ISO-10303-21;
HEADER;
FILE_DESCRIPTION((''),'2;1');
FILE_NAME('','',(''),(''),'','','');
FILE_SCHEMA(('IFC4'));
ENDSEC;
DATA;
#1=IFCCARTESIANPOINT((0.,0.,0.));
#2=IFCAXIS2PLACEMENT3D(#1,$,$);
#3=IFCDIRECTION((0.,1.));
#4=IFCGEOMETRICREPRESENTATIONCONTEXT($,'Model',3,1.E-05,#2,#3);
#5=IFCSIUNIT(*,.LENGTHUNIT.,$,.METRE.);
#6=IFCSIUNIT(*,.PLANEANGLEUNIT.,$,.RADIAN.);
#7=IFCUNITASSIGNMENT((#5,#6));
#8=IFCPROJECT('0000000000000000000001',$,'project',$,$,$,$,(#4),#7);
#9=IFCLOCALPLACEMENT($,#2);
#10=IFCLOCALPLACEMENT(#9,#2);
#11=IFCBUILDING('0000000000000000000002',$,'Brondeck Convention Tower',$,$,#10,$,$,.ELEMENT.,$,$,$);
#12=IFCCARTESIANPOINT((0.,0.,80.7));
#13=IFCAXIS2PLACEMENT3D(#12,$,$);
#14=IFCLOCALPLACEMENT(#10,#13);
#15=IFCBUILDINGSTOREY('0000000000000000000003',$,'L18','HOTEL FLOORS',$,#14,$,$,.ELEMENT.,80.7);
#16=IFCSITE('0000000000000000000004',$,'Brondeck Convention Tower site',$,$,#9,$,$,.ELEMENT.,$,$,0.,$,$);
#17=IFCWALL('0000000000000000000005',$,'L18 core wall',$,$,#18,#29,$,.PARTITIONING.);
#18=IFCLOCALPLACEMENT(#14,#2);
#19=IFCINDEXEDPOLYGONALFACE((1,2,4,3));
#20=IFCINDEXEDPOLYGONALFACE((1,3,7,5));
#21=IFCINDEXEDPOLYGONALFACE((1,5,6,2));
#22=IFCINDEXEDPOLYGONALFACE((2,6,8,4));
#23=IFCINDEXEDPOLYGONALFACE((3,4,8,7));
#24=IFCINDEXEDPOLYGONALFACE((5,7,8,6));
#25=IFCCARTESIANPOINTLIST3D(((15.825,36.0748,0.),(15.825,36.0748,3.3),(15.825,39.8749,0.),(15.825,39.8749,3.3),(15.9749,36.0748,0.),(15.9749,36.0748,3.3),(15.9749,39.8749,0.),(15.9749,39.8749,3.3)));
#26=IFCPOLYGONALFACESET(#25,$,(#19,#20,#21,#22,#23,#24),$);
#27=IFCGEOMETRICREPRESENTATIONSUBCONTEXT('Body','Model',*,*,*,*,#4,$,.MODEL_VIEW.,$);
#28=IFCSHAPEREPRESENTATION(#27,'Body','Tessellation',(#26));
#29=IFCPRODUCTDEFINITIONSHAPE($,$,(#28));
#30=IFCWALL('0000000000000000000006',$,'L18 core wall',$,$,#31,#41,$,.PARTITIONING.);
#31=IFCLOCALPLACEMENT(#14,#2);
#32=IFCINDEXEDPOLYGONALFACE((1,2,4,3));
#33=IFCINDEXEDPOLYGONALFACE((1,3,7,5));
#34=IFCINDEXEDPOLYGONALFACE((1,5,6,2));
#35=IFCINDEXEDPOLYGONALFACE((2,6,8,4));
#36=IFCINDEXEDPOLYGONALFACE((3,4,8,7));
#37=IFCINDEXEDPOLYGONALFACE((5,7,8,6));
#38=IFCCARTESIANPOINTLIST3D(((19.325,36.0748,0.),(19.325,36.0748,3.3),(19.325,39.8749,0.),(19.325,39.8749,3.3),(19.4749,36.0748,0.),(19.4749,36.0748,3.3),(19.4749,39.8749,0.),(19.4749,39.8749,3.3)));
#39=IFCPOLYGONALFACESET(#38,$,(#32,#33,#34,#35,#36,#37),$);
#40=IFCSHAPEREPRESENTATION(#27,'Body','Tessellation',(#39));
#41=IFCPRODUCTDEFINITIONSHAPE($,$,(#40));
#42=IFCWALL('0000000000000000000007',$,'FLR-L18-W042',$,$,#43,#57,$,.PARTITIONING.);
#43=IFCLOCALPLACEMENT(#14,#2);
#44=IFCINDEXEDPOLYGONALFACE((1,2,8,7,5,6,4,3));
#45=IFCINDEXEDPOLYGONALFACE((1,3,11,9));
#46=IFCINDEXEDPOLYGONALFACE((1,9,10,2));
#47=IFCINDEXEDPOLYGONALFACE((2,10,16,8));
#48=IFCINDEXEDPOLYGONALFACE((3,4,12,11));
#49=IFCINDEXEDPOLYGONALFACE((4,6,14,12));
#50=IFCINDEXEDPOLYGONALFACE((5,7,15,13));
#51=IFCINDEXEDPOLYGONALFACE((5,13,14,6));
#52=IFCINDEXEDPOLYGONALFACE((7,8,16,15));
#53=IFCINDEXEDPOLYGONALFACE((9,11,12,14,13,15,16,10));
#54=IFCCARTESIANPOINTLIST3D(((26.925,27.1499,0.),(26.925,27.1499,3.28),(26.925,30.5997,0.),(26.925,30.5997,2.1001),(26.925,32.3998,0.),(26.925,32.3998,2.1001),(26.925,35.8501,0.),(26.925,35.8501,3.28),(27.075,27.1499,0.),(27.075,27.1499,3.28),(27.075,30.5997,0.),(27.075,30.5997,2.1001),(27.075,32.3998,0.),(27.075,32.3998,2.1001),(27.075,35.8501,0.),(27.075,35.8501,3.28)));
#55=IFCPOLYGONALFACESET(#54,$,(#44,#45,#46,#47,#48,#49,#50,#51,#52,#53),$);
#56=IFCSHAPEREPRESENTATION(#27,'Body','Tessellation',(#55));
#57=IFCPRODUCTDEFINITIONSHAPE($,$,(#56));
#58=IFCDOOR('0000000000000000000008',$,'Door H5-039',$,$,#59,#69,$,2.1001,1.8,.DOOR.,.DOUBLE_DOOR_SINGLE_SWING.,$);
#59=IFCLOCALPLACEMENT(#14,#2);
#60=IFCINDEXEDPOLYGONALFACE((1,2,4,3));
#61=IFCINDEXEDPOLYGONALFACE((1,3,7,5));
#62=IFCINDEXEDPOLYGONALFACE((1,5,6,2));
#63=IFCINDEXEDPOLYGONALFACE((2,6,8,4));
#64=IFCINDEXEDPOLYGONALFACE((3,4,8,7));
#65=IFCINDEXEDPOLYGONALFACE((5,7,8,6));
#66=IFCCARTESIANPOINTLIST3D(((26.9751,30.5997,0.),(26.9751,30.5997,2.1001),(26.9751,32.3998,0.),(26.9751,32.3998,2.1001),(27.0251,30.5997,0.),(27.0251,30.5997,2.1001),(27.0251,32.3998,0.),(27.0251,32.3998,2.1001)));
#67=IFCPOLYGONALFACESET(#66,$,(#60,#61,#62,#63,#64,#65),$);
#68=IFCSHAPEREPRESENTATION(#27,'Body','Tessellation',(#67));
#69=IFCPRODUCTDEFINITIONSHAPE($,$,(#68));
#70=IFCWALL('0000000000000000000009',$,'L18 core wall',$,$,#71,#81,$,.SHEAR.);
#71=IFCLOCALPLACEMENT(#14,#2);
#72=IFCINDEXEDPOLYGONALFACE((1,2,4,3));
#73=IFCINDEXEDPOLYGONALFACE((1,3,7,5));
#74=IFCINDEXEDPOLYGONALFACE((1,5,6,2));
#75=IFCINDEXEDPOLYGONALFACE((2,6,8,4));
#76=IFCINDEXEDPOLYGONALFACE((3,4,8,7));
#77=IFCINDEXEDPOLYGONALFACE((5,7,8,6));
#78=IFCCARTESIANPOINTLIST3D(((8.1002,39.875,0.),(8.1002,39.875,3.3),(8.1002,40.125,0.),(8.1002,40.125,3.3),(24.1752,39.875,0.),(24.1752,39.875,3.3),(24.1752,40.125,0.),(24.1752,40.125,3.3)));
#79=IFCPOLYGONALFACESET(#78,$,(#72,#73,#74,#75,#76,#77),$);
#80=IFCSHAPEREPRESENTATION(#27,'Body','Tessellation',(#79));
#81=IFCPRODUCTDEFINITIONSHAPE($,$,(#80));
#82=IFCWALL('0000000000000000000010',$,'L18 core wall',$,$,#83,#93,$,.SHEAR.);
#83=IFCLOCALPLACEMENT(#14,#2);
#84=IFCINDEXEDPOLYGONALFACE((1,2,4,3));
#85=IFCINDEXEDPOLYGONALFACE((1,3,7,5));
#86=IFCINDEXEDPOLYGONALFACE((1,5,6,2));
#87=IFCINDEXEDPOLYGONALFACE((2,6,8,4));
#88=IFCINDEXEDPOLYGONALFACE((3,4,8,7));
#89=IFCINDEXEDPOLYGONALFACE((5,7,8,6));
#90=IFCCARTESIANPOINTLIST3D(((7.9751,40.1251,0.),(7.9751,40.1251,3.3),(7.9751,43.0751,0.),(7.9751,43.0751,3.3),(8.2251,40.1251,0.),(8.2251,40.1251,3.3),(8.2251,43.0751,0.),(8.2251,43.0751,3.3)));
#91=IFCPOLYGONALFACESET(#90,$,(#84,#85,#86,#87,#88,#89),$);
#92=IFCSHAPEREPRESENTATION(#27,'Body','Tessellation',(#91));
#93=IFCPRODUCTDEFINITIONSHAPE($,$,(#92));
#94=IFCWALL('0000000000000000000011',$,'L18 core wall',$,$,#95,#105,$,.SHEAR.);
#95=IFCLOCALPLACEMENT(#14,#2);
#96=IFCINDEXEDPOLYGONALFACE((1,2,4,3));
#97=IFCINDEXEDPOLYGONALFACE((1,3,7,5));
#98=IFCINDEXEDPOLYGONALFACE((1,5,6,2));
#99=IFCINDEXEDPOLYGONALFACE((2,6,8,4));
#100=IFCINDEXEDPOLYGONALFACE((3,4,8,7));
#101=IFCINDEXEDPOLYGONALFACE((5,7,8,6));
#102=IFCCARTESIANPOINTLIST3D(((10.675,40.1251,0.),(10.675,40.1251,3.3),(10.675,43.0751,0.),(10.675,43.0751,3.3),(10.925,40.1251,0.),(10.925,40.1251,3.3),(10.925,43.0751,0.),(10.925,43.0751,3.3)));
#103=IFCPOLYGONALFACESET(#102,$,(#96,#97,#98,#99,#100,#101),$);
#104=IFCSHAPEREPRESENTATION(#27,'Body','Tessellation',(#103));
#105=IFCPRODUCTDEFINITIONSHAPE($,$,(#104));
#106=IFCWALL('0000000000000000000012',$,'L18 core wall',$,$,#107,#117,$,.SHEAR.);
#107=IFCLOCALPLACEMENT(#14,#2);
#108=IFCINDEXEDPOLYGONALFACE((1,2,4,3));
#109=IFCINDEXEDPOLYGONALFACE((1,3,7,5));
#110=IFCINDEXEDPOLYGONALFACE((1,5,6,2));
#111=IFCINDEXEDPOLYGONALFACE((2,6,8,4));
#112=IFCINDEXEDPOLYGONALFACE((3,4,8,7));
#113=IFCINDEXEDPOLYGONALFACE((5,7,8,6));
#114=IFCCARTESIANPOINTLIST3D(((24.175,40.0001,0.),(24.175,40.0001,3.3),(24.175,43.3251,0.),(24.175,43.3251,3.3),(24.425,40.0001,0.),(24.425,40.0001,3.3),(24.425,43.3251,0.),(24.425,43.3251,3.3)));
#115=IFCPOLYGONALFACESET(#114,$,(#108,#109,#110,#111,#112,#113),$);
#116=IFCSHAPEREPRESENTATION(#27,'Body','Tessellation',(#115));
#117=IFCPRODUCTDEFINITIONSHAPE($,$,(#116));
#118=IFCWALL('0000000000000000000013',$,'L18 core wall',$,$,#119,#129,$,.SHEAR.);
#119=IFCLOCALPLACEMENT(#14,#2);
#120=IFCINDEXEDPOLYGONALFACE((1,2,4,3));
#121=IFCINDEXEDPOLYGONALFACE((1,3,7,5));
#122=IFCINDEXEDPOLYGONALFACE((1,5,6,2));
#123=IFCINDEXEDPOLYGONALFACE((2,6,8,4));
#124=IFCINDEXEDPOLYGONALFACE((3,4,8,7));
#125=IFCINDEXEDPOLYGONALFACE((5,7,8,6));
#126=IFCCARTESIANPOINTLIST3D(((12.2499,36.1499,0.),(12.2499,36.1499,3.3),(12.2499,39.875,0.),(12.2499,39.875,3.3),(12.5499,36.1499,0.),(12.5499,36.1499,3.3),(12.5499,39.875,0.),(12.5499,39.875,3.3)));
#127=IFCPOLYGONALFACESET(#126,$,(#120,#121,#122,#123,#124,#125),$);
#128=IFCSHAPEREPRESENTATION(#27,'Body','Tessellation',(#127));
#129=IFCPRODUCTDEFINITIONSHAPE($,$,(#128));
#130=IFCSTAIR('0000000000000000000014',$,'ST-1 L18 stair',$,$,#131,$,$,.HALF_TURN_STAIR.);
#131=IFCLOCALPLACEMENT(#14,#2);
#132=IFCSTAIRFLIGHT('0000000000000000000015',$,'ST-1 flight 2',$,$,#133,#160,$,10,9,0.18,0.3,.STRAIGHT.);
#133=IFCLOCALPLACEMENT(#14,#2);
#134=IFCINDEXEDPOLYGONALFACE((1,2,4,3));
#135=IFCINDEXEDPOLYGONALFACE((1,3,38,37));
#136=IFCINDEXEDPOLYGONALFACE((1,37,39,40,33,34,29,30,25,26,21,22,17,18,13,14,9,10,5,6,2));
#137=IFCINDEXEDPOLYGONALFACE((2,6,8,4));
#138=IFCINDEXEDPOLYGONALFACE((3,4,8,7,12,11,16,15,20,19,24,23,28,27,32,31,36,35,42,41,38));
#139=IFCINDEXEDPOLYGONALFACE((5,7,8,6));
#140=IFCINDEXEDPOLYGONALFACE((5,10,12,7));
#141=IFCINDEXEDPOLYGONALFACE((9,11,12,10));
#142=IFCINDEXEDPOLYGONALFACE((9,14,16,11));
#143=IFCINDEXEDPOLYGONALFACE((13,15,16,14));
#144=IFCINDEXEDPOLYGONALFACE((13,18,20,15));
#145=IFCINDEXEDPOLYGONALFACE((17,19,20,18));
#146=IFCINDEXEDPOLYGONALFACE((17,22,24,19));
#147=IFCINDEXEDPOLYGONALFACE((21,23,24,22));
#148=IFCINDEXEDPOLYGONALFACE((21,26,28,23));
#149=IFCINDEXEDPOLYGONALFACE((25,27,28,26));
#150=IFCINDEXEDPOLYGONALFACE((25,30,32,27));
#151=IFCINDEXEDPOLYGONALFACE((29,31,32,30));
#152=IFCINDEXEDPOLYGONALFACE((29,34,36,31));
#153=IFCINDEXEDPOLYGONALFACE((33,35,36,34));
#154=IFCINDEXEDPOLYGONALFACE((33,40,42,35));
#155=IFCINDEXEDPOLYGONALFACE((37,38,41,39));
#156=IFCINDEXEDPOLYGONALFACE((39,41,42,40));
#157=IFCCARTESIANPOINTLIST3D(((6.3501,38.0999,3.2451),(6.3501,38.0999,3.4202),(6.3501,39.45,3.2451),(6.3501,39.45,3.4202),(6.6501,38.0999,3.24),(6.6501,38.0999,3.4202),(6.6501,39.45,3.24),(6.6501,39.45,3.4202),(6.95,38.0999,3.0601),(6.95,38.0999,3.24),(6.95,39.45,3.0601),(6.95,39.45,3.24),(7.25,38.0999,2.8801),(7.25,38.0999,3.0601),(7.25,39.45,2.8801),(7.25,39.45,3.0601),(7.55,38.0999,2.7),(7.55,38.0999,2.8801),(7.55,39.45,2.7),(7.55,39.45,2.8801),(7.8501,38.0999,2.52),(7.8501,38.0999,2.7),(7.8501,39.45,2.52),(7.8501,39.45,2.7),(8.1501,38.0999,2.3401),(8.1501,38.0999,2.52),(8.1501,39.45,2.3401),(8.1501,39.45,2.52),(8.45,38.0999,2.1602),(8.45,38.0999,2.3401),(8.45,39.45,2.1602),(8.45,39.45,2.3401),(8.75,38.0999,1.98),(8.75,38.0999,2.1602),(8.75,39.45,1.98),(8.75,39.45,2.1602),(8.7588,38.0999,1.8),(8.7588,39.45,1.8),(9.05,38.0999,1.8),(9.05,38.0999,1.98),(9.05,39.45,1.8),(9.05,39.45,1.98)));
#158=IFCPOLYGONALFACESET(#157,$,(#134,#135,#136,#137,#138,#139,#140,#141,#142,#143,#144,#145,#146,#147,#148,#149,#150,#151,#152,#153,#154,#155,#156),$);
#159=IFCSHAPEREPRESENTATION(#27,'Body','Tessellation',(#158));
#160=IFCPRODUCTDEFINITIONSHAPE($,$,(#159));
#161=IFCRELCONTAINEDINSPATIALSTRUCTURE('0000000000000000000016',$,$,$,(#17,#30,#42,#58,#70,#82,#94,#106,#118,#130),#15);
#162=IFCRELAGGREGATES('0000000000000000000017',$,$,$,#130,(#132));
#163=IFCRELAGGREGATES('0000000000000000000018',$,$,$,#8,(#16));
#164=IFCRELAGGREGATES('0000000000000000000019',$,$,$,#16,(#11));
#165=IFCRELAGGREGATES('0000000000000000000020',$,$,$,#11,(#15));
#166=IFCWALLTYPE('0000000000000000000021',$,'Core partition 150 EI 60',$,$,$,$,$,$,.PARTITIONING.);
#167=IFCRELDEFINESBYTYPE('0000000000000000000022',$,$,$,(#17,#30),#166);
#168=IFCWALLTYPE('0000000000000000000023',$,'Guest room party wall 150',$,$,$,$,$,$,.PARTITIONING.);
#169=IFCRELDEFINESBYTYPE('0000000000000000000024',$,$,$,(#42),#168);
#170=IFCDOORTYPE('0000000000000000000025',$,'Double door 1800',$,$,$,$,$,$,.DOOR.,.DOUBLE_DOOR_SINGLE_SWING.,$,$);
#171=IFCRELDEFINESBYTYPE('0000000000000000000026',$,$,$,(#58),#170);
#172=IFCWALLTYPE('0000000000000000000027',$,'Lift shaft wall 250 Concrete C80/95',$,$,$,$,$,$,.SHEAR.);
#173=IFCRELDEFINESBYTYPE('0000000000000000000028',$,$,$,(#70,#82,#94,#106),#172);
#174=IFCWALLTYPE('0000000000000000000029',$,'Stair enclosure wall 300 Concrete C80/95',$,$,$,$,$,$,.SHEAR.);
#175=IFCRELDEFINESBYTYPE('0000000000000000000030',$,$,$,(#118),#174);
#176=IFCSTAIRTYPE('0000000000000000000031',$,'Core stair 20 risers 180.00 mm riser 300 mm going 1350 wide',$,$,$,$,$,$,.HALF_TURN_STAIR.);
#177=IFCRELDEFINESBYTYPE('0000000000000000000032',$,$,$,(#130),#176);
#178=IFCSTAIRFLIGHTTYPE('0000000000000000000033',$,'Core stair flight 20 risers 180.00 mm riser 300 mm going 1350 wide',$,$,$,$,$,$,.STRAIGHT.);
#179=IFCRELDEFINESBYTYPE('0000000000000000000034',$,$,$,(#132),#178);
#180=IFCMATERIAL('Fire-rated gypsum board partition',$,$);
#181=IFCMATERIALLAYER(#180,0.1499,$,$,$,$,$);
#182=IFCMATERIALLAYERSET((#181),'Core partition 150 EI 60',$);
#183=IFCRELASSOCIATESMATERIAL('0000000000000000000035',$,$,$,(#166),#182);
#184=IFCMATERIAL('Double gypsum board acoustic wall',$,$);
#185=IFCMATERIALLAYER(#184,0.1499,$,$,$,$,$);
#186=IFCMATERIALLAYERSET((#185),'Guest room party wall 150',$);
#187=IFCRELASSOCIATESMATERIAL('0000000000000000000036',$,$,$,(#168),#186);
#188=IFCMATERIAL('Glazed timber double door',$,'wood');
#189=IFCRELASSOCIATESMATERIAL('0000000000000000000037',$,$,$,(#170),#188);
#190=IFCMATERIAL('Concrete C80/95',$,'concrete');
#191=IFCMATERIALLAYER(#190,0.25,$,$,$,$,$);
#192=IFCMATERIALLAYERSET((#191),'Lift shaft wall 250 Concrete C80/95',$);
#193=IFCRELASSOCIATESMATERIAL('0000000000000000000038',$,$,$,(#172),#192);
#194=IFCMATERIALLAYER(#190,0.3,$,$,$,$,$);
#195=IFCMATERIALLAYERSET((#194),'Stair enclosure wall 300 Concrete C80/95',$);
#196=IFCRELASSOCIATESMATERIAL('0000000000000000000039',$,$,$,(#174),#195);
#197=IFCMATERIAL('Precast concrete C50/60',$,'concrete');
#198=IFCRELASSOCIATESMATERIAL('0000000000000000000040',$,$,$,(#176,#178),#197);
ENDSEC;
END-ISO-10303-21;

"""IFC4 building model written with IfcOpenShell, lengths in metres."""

from ifc_helpers import new_model, si_unit, direction, frame, frame_2d, origin, place, context, subcontext, project, spatial, polyline, rectangle, outline, extrude, material, layer, layer_set, type_object, element, fill, aggregate, save


model = new_model("IFC4")

# Units and contexts
model_context = context("Model", 3, precision=1e-05, world=origin(), true_north=direction((0.0, 1.0)))
body_context = subcontext(model_context, "Body", "Model", "MODEL_VIEW")
ifc_project = project(units=[si_unit("LENGTHUNIT", "METRE"), si_unit("PLANEANGLEUNIT", "RADIAN")], contexts=[model_context])

# Site, building, storey
site_placement = place(None, origin())
site = spatial("IfcSite", under=ifc_project, at=site_placement, Name="Brondeck Convention Tower site", CompositionType="ELEMENT", RefElevation=0.0)
building_placement = place(site_placement, origin())
building = spatial("IfcBuilding", under=site, at=building_placement, Name="Brondeck Convention Tower", CompositionType="ELEMENT")
storey_placement = place(building_placement, frame((0.0, 0.0, 80.7)))
storey = spatial("IfcBuildingStorey", under=building, at=storey_placement, Name="L18", Description="HOTEL FLOORS", CompositionType="ELEMENT", Elevation=80.7)

# Shared definitions
ifc_material_1 = material(Name="Concrete C80/95", Category="concrete")

# Walls
ifc_material_2 = material(Name="Fire-rated gypsum board partition")
ifc_layer_1 = layer(ifc_material_2, 0.1499)
ifc_layer_set_1 = layer_set([ifc_layer_1], Name="Core partition 150 EI 60")
wall_type_1 = type_object("IfcWallType", Name="Core partition 150 EI 60", PredefinedType="PARTITIONING", material=ifc_layer_set_1)
for number, where, z_axis, x_axis, name in (
    (1, (15.8999, 36.075, 0.0), (0.0, 0.0, 1.0), (0.0, 1.0, 0.0), "L18 core wall"),
    (2, (19.3999, 36.075, 0.0), (0.0, 0.0, 1.0), (0.0, 1.0, 0.0), "L18 core wall"),
):
    element("IfcWall", number, at=place(storey_placement, frame(where, z_axis=z_axis, x_axis=x_axis)), inside=storey, type_object=wall_type_1, Name=name, PredefinedType="PARTITIONING", context=body_context, shape_type="SweptSolid", body=[
        extrude(rectangle(XDim=3.8, YDim=0.1499, at=frame_2d((1.8999, 0.0))), origin(), (0.0, 0.0, 1.0), 3.3),
    ])

# Wall, opening, door
ifc_material_3 = material(Name="Double gypsum board acoustic wall")
ifc_layer_2 = layer(ifc_material_3, 0.1499)
ifc_layer_set_2 = layer_set([ifc_layer_2], Name="Guest room party wall 150")
wall_type_2 = type_object("IfcWallType", Name="Guest room party wall 150", PredefinedType="PARTITIONING", material=ifc_layer_set_2)
wall_1_placement = place(storey_placement, frame((27.0, 27.1499, 0.0), z_axis=(0.0, 0.0, 1.0), x_axis=(0.0, 1.0, 0.0)))
wall_1 = element("IfcWall", 3, at=wall_1_placement, inside=storey, type_object=wall_type_2, Name="FLR-L18-W042", PredefinedType="PARTITIONING", context=body_context, shape_type="SweptSolid", body=[
    extrude(rectangle(XDim=8.7002, YDim=0.1499, at=frame_2d((4.3501, 0.0))), origin(), (0.0, 0.0, 1.0), 3.28),
])
opening_1_placement = place(wall_1_placement, frame((3.45, 0.0, 0.0)))
opening_1 = element("IfcOpeningElement", 4, at=opening_1_placement, cuts=wall_1, PredefinedType="OPENING", context=body_context, shape_type="SweptSolid", body=[
    extrude(rectangle(XDim=1.8, YDim=2.1001, at=frame_2d((0.8999, 1.05))), frame((0.0, 0.085, 0.0), z_axis=(0.0, -1.0, 0.0), x_axis=(1.0, 0.0, 0.0)), (0.0, 0.0, 1.0), 0.1699),
])
ifc_material_4 = material(Name="Glazed timber double door", Category="wood")
door_type_1 = type_object("IfcDoorType", Name="Double door 1800", OperationType="DOUBLE_DOOR_SINGLE_SWING", PredefinedType="DOOR", material=ifc_material_4)
door_1_placement = place(opening_1_placement, origin())
door_1 = element("IfcDoor", 5, at=door_1_placement, inside=storey, type_object=door_type_1, Name="Door H5-039", OperationType="DOUBLE_DOOR_SINGLE_SWING", OverallHeight=2.1001, OverallWidth=1.8, PredefinedType="DOOR", context=body_context, shape_type="SweptSolid", body=[
    extrude(rectangle(XDim=1.8, YDim=2.1001, at=frame_2d((0.8999, 1.05))), frame((0.0, 0.0249, 0.0), z_axis=(0.0, -1.0, 0.0), x_axis=(1.0, 0.0, 0.0)), (0.0, 0.0, 1.0), 0.05),
])
fill(opening_1, door_1)

# Walls
ifc_layer_3 = layer(ifc_material_1, 0.25)
ifc_layer_set_3 = layer_set([ifc_layer_3], Name="Lift shaft wall 250 Concrete C80/95")
wall_type_3 = type_object("IfcWallType", Name="Lift shaft wall 250 Concrete C80/95", PredefinedType="SHEAR", material=ifc_layer_set_3)
wall_2_placement = place(storey_placement, frame((8.1001, 40.0, 0.0), z_axis=(0.0, 0.0, 1.0), x_axis=(1.0, 0.0, 0.0)))
element("IfcWall", 6, at=wall_2_placement, inside=storey, type_object=wall_type_3, Name="L18 core wall", PredefinedType="SHEAR", context=body_context, shape_type="SweptSolid", body=[
    extrude(rectangle(XDim=16.075, YDim=0.25, at=frame_2d((8.0376, 0.0))), origin(), (0.0, 0.0, 1.0), 3.3),
])
for number, where, z_axis, x_axis, name in (
    (7, (8.1001, 40.125, 0.0), (0.0, 0.0, 1.0), (0.0, 1.0, 0.0), "L18 core wall"),
    (8, (10.8, 40.125, 0.0), (0.0, 0.0, 1.0), (0.0, 1.0, 0.0), "L18 core wall"),
):
    element("IfcWall", number, at=place(storey_placement, frame(where, z_axis=z_axis, x_axis=x_axis)), inside=storey, type_object=wall_type_3, Name=name, PredefinedType="SHEAR", context=body_context, shape_type="SweptSolid", body=[
        extrude(rectangle(XDim=2.95, YDim=0.25, at=frame_2d((1.4751, 0.0))), origin(), (0.0, 0.0, 1.0), 3.3),
    ])
wall_3_placement = place(storey_placement, frame((24.3, 40.0, 0.0), z_axis=(0.0, 0.0, 1.0), x_axis=(0.0, 1.0, 0.0)))
element("IfcWall", 9, at=wall_3_placement, inside=storey, type_object=wall_type_3, Name="L18 core wall", PredefinedType="SHEAR", context=body_context, shape_type="SweptSolid", body=[
    extrude(rectangle(XDim=3.325, YDim=0.25, at=frame_2d((1.6626, 0.0))), origin(), (0.0, 0.0, 1.0), 3.3),
])
ifc_layer_4 = layer(ifc_material_1, 0.3)
ifc_layer_set_4 = layer_set([ifc_layer_4], Name="Stair enclosure wall 300 Concrete C80/95")
wall_type_4 = type_object("IfcWallType", Name="Stair enclosure wall 300 Concrete C80/95", PredefinedType="SHEAR", material=ifc_layer_set_4)
wall_4_placement = place(storey_placement, frame((12.3999, 36.1499, 0.0), z_axis=(0.0, 0.0, 1.0), x_axis=(0.0, 1.0, 0.0)))
element("IfcWall", 10, at=wall_4_placement, inside=storey, type_object=wall_type_4, Name="L18 core wall", PredefinedType="SHEAR", context=body_context, shape_type="SweptSolid", body=[
    extrude(rectangle(XDim=3.7251, YDim=0.3, at=frame_2d((1.8625, 0.0))), origin(), (0.0, 0.0, 1.0), 3.3),
])

# Stair, stair flight
ifc_material_5 = material(Name="Precast concrete C50/60", Category="concrete")
stair_type = type_object("IfcStairType", Name="Core stair 20 risers 180.00 mm riser 300 mm going 1350 wide", PredefinedType="HALF_TURN_STAIR", material=ifc_material_5)
stair_placement = place(storey_placement, origin())
stair = element("IfcStair", 11, at=stair_placement, inside=storey, type_object=stair_type, Name="ST-1 L18 stair", PredefinedType="HALF_TURN_STAIR")
stair_flight_type = type_object("IfcStairFlightType", Name="Core stair flight 20 risers 180.00 mm riser 300 mm going 1350 wide", PredefinedType="STRAIGHT", material=ifc_material_5)
stair_flight_placement = place(storey_placement, frame((9.05, 38.7749, 1.8), z_axis=(0.0, 0.0, 1.0), x_axis=(-1.0, 0.0, 0.0)))
stair_flight = element("IfcStairFlight", 12, at=stair_flight_placement, type_object=stair_flight_type, Name="ST-1 flight 2", NumberOfRisers=10, NumberOfTreads=9, PredefinedType="STRAIGHT", RiserHeight=0.18, TreadLength=0.3, context=body_context, shape_type="SweptSolid", body=[
    extrude(outline(polyline([(0.0, 0.0), (0.0, 0.1799), (0.3, 0.1799), (0.3, 0.3601), (0.6001, 0.3601), (0.6001, 0.54), (0.8999, 0.54), (0.8999, 0.72), (1.2, 0.72), (1.2, 0.8999), (1.5, 0.8999), (1.5, 1.0801), (1.8, 1.0801), (1.8, 1.26), (2.1001, 1.26), (2.1001, 1.4399), (2.3999, 1.4399), (2.3999, 1.6201), (2.7, 1.6201), (2.7, 1.8), (2.7, 1.4451), (0.2913, 0.0), (0.0, 0.0)])), frame((0.0, 0.675, 0.0), z_axis=(0.0, -1.0, 0.0), x_axis=(1.0, 0.0, 0.0)), (0.0, 0.0, 1.0), 1.3501),
])
aggregate(stair, [stair_flight])

save(model, "model.ifc")
